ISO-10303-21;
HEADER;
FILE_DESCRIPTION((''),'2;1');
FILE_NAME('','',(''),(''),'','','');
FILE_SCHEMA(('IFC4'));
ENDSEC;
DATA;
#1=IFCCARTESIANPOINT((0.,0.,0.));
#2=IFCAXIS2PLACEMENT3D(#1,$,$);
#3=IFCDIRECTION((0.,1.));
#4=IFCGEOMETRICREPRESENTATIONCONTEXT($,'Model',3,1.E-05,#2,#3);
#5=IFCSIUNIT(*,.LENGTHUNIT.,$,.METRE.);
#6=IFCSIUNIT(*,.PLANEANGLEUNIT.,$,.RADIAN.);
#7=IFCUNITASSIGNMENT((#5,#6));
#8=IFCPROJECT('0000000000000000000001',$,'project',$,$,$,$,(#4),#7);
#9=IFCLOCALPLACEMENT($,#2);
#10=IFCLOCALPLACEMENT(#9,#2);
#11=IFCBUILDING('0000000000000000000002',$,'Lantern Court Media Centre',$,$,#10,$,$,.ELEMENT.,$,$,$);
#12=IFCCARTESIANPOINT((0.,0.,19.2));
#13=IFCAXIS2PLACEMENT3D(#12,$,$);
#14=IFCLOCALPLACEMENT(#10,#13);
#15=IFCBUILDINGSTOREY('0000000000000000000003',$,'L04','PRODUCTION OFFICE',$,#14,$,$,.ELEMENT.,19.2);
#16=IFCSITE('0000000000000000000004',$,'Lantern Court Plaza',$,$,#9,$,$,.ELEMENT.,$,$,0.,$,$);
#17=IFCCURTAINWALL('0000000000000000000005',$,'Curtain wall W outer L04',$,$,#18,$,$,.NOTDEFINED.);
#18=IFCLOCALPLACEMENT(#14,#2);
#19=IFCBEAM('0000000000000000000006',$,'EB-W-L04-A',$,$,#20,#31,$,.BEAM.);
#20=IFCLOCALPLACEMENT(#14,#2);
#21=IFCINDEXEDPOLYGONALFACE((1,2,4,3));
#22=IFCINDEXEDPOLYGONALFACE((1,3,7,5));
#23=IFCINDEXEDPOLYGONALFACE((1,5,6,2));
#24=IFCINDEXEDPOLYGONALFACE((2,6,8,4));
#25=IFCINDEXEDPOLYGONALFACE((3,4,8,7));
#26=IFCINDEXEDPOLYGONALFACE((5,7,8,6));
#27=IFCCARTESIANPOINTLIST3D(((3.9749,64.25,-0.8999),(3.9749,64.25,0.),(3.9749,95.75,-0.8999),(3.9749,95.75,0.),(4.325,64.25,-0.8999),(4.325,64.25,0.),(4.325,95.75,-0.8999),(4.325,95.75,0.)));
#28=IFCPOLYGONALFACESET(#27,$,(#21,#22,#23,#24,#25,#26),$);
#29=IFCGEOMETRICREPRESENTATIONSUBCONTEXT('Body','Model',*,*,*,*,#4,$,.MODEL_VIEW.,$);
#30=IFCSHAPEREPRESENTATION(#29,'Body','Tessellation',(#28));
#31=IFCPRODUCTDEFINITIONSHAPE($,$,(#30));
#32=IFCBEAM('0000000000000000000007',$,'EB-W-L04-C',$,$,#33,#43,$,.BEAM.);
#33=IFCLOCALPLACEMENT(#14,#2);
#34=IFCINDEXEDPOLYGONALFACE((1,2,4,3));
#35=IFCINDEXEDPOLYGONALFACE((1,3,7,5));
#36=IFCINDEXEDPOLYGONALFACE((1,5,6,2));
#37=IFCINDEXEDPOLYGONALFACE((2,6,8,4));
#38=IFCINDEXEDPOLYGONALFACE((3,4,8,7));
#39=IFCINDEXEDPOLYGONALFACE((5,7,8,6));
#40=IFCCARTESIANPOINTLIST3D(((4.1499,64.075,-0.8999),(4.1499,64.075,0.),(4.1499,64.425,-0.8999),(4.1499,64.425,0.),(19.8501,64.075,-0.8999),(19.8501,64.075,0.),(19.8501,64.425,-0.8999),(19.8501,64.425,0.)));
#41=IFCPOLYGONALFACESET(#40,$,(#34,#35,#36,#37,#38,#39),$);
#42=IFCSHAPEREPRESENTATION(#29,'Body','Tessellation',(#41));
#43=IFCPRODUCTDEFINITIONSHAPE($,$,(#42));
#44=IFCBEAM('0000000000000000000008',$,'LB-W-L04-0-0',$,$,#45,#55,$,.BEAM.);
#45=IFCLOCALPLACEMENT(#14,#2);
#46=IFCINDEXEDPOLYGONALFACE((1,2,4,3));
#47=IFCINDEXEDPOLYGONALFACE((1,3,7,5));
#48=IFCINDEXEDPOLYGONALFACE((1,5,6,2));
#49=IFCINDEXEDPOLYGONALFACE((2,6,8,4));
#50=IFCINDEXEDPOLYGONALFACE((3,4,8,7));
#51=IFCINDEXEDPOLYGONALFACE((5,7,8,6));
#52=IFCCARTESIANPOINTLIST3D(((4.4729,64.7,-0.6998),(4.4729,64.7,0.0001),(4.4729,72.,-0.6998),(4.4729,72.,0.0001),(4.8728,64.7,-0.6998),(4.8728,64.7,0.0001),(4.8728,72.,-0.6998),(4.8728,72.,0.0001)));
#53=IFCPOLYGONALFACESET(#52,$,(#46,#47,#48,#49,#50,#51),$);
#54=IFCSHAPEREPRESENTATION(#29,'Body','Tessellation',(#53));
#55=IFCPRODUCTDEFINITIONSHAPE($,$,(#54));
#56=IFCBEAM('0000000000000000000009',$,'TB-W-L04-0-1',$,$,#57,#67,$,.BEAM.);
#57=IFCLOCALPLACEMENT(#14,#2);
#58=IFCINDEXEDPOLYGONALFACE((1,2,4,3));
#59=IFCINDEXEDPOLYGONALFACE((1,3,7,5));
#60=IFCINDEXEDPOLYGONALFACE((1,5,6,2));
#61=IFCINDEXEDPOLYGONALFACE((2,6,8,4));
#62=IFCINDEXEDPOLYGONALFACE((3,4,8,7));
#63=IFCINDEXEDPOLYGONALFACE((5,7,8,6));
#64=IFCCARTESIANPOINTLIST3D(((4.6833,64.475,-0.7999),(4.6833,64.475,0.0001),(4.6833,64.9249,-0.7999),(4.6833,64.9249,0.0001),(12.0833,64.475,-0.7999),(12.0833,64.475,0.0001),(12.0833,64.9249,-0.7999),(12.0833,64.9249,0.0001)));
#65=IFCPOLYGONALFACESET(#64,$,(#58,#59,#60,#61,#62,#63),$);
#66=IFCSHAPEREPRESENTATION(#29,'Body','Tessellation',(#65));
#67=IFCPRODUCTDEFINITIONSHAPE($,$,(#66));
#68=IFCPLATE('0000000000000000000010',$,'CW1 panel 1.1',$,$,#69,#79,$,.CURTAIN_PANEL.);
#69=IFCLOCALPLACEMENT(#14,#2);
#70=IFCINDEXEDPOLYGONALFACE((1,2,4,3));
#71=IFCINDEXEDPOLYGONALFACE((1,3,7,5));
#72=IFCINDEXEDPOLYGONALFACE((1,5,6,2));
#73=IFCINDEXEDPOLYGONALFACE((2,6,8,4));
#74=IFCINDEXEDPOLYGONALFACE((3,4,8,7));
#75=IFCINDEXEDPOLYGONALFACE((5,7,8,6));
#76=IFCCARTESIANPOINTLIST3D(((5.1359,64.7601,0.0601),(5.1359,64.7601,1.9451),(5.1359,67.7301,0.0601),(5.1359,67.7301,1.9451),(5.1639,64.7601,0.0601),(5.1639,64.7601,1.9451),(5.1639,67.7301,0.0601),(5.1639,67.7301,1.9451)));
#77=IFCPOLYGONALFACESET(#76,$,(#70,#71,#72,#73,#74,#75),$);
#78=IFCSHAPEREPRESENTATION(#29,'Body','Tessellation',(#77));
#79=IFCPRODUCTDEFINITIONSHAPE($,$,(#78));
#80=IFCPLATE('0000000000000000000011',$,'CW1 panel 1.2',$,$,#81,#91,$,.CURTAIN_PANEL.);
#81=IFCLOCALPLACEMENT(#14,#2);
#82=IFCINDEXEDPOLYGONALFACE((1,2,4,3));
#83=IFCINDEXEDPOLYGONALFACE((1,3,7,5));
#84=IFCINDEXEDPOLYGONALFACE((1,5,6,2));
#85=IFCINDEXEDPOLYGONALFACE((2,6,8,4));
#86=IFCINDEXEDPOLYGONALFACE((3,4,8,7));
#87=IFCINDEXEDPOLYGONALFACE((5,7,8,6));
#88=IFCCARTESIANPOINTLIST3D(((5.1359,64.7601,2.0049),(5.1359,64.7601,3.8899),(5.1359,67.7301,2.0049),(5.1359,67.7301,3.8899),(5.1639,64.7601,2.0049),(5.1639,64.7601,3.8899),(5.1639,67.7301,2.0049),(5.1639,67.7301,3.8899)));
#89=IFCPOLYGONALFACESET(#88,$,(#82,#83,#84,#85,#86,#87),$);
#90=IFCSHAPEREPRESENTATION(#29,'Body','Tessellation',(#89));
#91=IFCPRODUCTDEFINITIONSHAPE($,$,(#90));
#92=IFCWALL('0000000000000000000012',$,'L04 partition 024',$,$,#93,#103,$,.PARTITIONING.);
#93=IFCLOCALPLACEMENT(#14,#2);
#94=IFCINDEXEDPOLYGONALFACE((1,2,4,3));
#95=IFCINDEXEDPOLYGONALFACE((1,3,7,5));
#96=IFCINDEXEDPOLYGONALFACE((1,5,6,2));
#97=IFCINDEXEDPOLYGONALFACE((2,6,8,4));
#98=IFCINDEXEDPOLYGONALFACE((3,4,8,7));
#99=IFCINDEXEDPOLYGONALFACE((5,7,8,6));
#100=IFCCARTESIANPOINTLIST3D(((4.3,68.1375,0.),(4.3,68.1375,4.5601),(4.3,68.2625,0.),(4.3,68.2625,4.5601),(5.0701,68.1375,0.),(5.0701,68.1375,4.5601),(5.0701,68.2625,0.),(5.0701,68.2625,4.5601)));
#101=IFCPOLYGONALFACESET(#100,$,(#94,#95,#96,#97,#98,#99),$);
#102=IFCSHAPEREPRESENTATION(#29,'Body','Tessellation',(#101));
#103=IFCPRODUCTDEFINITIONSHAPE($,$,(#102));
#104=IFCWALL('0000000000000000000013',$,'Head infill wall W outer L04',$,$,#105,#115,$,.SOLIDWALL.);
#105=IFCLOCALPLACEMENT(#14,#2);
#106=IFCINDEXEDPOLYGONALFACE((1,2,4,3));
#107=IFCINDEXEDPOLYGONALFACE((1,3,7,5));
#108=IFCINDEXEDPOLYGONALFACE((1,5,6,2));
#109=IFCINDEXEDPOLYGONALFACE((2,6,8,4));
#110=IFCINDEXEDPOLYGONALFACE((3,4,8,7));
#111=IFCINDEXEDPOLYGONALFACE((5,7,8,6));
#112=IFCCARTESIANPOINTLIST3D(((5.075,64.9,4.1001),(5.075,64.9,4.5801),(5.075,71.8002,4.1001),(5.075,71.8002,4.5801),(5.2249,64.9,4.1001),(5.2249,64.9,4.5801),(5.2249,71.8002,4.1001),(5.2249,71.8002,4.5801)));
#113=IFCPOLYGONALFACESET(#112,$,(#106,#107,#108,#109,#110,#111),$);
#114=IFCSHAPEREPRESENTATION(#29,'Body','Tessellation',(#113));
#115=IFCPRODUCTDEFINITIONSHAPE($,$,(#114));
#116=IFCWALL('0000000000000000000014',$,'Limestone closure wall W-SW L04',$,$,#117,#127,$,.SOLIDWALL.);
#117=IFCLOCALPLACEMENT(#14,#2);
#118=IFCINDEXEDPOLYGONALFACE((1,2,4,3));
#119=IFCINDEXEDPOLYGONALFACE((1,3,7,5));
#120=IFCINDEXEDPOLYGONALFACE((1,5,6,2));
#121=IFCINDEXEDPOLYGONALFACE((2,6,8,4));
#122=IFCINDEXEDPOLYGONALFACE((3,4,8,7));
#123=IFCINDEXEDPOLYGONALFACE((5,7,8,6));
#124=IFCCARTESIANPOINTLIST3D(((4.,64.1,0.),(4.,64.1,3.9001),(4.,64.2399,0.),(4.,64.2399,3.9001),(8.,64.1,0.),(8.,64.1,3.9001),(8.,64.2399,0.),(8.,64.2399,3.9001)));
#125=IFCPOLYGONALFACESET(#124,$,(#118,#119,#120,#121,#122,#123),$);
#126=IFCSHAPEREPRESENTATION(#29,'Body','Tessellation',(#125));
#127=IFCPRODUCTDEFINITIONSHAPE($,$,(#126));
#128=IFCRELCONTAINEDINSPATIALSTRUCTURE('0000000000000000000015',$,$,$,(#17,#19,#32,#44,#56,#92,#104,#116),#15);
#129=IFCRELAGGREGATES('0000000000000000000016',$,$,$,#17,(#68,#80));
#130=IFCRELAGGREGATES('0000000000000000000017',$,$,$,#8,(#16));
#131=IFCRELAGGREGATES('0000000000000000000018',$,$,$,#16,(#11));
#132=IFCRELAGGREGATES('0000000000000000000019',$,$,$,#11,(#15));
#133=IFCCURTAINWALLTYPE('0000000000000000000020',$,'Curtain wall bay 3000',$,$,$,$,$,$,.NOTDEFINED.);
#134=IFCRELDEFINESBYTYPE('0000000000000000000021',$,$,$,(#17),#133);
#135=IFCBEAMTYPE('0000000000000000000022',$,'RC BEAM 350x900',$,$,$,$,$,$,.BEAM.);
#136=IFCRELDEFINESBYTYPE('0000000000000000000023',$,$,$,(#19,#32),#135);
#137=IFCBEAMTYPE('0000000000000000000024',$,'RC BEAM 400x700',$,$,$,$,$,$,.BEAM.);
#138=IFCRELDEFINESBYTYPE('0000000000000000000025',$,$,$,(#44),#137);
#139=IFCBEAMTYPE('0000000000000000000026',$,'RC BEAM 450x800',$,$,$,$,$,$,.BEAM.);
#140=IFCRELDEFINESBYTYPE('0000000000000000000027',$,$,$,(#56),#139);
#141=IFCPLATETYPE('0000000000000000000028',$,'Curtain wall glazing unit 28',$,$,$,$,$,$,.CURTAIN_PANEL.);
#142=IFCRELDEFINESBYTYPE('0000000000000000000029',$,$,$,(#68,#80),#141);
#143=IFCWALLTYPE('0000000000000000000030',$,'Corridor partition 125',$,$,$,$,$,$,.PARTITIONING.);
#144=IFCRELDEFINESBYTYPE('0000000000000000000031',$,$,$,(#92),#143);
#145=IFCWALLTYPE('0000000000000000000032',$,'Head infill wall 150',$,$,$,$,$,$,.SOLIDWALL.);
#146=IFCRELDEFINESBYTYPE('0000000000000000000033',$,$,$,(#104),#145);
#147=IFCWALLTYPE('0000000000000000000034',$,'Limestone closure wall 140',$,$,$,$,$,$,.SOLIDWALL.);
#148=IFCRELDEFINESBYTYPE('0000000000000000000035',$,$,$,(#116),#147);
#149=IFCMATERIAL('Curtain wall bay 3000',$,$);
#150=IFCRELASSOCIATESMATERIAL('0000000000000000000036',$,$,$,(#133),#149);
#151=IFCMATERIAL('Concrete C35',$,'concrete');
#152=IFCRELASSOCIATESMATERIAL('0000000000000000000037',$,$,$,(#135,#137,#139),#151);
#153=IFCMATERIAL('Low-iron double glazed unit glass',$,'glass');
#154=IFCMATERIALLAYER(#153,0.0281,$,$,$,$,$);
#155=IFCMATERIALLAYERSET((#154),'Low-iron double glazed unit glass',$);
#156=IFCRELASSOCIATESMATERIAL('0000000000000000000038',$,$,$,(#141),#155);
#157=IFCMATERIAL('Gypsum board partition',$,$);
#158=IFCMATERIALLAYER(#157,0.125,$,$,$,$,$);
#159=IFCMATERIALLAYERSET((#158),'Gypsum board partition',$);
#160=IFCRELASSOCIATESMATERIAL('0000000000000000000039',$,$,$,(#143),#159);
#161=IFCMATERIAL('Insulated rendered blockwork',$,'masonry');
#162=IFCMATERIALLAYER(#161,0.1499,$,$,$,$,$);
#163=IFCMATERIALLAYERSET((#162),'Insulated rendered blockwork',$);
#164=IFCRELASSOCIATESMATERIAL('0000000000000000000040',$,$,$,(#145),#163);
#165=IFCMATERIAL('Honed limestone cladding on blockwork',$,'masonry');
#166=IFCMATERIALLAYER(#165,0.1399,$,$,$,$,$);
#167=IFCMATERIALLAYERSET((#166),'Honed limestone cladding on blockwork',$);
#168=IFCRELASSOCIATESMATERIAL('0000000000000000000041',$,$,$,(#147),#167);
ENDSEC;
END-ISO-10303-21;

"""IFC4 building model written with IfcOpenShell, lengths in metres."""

from ifc_helpers import new_model, si_unit, direction, frame, frame_2d, origin, origin_2d, place, context, subcontext, project, spatial, rectangle, extrude, material, layer, layer_set, material_profile, profile_set, type_object, element, aggregate, save


model = new_model("IFC4")

# Units and contexts
model_context = context("Model", 3, precision=1e-05, world=origin(), true_north=direction((0.0, 1.0)))
body_context = subcontext(model_context, "Body", "Model", "MODEL_VIEW")
ifc_project = project(units=[si_unit("LENGTHUNIT", "METRE"), si_unit("PLANEANGLEUNIT", "RADIAN")], contexts=[model_context])

# Site, building, storey
site_placement = place(None, origin())
site = spatial("IfcSite", under=ifc_project, at=site_placement, Name="Lantern Court Plaza", CompositionType="ELEMENT", RefElevation=0.0)
building_placement = place(site_placement, origin())
building = spatial("IfcBuilding", under=site, at=building_placement, Name="Lantern Court Media Centre", CompositionType="ELEMENT")
storey_placement = place(building_placement, frame((0.0, 0.0, 19.2)))
storey = spatial("IfcBuildingStorey", under=building, at=storey_placement, Name="L04", Description="PRODUCTION OFFICE", CompositionType="ELEMENT", Elevation=19.2)

# Shared definitions
ifc_material_1 = material(Name="Concrete C35", Category="concrete")

# Curtain wall
ifc_material_2 = material(Name="Curtain wall bay 3000")
curtain_wall_type = type_object("IfcCurtainWallType", Name="Curtain wall bay 3000", PredefinedType="NOTDEFINED", material=ifc_material_2)
curtain_wall_placement = place(storey_placement, origin())
curtain_wall = element("IfcCurtainWall", 1, at=curtain_wall_placement, inside=storey, type_object=curtain_wall_type, Name="Curtain wall W outer L04", PredefinedType="NOTDEFINED")

# Beams
ifc_material_profile_1 = material_profile(ifc_material_1, rectangle(XDim=0.3501, YDim=0.8999, at=origin_2d()), Name="RC 350x900")
ifc_profile_set_1 = profile_set([ifc_material_profile_1], Name="Concrete C35")
beam_type_1 = type_object("IfcBeamType", Name="RC BEAM 350x900", PredefinedType="BEAM", material=ifc_profile_set_1)
beam_1_placement = place(storey_placement, frame((4.1499, 64.25, -0.45), z_axis=(0.0, 1.0, 0.0), x_axis=(-1.0, 0.0, 0.0)))
element("IfcBeam", 2, at=beam_1_placement, inside=storey, type_object=beam_type_1, Name="EB-W-L04-A", PredefinedType="BEAM", context=body_context, shape_type="SweptSolid", body=[
    extrude(rectangle(XDim=0.3501, YDim=0.8999, at=origin_2d()), origin(), (0.0, 0.0, 1.0), 31.5),
])
beam_2_placement = place(storey_placement, frame((4.1499, 64.25, -0.45), z_axis=(1.0, 0.0, 0.0), x_axis=(0.0, 1.0, 0.0)))
element("IfcBeam", 3, at=beam_2_placement, inside=storey, type_object=beam_type_1, Name="EB-W-L04-C", PredefinedType="BEAM", context=body_context, shape_type="SweptSolid", body=[
    extrude(rectangle(XDim=0.3501, YDim=0.8999, at=origin_2d()), origin(), (0.0, 0.0, 1.0), 15.7002),
])
ifc_material_profile_2 = material_profile(ifc_material_1, rectangle(XDim=0.3999, YDim=0.7, at=origin_2d()), Name="RC 400x700")
ifc_profile_set_2 = profile_set([ifc_material_profile_2], Name="Concrete C35")
beam_type_2 = type_object("IfcBeamType", Name="RC BEAM 400x700", PredefinedType="BEAM", material=ifc_profile_set_2)
beam_3_placement = place(storey_placement, frame((4.6729, 64.7, -0.3499), z_axis=(0.0, 1.0, 0.0), x_axis=(-1.0, 0.0, 0.0)))
element("IfcBeam", 4, at=beam_3_placement, inside=storey, type_object=beam_type_2, Name="LB-W-L04-0-0", PredefinedType="BEAM", context=body_context, shape_type="SweptSolid", body=[
    extrude(rectangle(XDim=0.3999, YDim=0.7, at=origin_2d()), origin(), (0.0, 0.0, 1.0), 7.3),
])
ifc_material_profile_3 = material_profile(ifc_material_1, rectangle(XDim=0.45, YDim=0.8, at=origin_2d()), Name="RC 450x800")
ifc_profile_set_3 = profile_set([ifc_material_profile_3], Name="Concrete C35")
beam_type_3 = type_object("IfcBeamType", Name="RC BEAM 450x800", PredefinedType="BEAM", material=ifc_profile_set_3)
beam_4_placement = place(storey_placement, frame((4.6833, 64.7, -0.3999), z_axis=(1.0, 0.0, 0.0), x_axis=(0.0, 1.0, 0.0)))
element("IfcBeam", 5, at=beam_4_placement, inside=storey, type_object=beam_type_3, Name="TB-W-L04-0-1", PredefinedType="BEAM", context=body_context, shape_type="SweptSolid", body=[
    extrude(rectangle(XDim=0.45, YDim=0.8, at=origin_2d()), origin(), (0.0, 0.0, 1.0), 7.3999),
])

# Plates
ifc_material_3 = material(Name="Low-iron double glazed unit glass", Category="glass")
ifc_layer_1 = layer(ifc_material_3, 0.0281)
ifc_layer_set_1 = layer_set([ifc_layer_1], Name="Low-iron double glazed unit glass")
plate_type = type_object("IfcPlateType", Name="Curtain wall glazing unit 28", PredefinedType="CURTAIN_PANEL", material=ifc_layer_set_1)
plate_1_placement = place(storey_placement, frame((5.1499, 66.2451, 0.0601), z_axis=(0.0, 0.0, 1.0), x_axis=(0.0, 1.0, 0.0)))
plate_1 = element("IfcPlate", 6, at=plate_1_placement, type_object=plate_type, Name="CW1 panel 1.1", PredefinedType="CURTAIN_PANEL", context=body_context, shape_type="SweptSolid", body=[
    extrude(rectangle(XDim=2.97, YDim=0.0281, at=origin_2d()), origin(), (0.0, 0.0, 1.0), 1.885),
])
plate_2_placement = place(storey_placement, frame((5.1499, 66.2451, 2.0049), z_axis=(0.0, 0.0, 1.0), x_axis=(0.0, 1.0, 0.0)))
plate_2 = element("IfcPlate", 7, at=plate_2_placement, type_object=plate_type, Name="CW1 panel 1.2", PredefinedType="CURTAIN_PANEL", context=body_context, shape_type="SweptSolid", body=[
    extrude(rectangle(XDim=2.97, YDim=0.0281, at=origin_2d()), origin(), (0.0, 0.0, 1.0), 1.885),
])
aggregate(curtain_wall, [plate_1, plate_2])

# Walls
ifc_material_4 = material(Name="Gypsum board partition")
ifc_layer_2 = layer(ifc_material_4, 0.125)
ifc_layer_set_2 = layer_set([ifc_layer_2], Name="Gypsum board partition")
wall_type_1 = type_object("IfcWallType", Name="Corridor partition 125", PredefinedType="PARTITIONING", material=ifc_layer_set_2)
wall_1_placement = place(storey_placement, frame((4.3, 68.2, 0.0), z_axis=(0.0, 0.0, 1.0), x_axis=(1.0, 0.0, 0.0)))
element("IfcWall", 8, at=wall_1_placement, inside=storey, type_object=wall_type_1, Name="L04 partition 024", PredefinedType="PARTITIONING", context=body_context, shape_type="SweptSolid", body=[
    extrude(rectangle(XDim=0.77, YDim=0.125, at=frame_2d((0.385, 0.0))), origin(), (0.0, 0.0, 1.0), 4.5601),
])
ifc_material_5 = material(Name="Insulated rendered blockwork", Category="masonry")
ifc_layer_3 = layer(ifc_material_5, 0.1499)
ifc_layer_set_3 = layer_set([ifc_layer_3], Name="Insulated rendered blockwork")
wall_type_2 = type_object("IfcWallType", Name="Head infill wall 150", PredefinedType="SOLIDWALL", material=ifc_layer_set_3)
wall_2_placement = place(storey_placement, frame((5.1499, 64.8999, 4.1001), z_axis=(0.0, 0.0, 1.0), x_axis=(0.0, 1.0, 0.0)))
element("IfcWall", 9, at=wall_2_placement, inside=storey, type_object=wall_type_2, Name="Head infill wall W outer L04", PredefinedType="SOLIDWALL", context=body_context, shape_type="SweptSolid", body=[
    extrude(rectangle(XDim=6.9001, YDim=0.1499, at=frame_2d((3.4502, 0.0))), origin(), (0.0, 0.0, 1.0), 0.48),
])
ifc_material_6 = material(Name="Honed limestone cladding on blockwork", Category="masonry")
ifc_layer_4 = layer(ifc_material_6, 0.1399)
ifc_layer_set_4 = layer_set([ifc_layer_4], Name="Honed limestone cladding on blockwork")
wall_type_3 = type_object("IfcWallType", Name="Limestone closure wall 140", PredefinedType="SOLIDWALL", material=ifc_layer_set_4)
wall_3_placement = place(storey_placement, frame((4.0, 64.1699, 0.0), z_axis=(0.0, 0.0, 1.0), x_axis=(1.0, 0.0, 0.0)))
element("IfcWall", 10, at=wall_3_placement, inside=storey, type_object=wall_type_3, Name="Limestone closure wall W-SW L04", PredefinedType="SOLIDWALL", context=body_context, shape_type="SweptSolid", body=[
    extrude(rectangle(XDim=4.0, YDim=0.1399, at=frame_2d((2.0, 0.0))), origin(), (0.0, 0.0, 1.0), 3.9001),
])

save(model, "model.ifc")
